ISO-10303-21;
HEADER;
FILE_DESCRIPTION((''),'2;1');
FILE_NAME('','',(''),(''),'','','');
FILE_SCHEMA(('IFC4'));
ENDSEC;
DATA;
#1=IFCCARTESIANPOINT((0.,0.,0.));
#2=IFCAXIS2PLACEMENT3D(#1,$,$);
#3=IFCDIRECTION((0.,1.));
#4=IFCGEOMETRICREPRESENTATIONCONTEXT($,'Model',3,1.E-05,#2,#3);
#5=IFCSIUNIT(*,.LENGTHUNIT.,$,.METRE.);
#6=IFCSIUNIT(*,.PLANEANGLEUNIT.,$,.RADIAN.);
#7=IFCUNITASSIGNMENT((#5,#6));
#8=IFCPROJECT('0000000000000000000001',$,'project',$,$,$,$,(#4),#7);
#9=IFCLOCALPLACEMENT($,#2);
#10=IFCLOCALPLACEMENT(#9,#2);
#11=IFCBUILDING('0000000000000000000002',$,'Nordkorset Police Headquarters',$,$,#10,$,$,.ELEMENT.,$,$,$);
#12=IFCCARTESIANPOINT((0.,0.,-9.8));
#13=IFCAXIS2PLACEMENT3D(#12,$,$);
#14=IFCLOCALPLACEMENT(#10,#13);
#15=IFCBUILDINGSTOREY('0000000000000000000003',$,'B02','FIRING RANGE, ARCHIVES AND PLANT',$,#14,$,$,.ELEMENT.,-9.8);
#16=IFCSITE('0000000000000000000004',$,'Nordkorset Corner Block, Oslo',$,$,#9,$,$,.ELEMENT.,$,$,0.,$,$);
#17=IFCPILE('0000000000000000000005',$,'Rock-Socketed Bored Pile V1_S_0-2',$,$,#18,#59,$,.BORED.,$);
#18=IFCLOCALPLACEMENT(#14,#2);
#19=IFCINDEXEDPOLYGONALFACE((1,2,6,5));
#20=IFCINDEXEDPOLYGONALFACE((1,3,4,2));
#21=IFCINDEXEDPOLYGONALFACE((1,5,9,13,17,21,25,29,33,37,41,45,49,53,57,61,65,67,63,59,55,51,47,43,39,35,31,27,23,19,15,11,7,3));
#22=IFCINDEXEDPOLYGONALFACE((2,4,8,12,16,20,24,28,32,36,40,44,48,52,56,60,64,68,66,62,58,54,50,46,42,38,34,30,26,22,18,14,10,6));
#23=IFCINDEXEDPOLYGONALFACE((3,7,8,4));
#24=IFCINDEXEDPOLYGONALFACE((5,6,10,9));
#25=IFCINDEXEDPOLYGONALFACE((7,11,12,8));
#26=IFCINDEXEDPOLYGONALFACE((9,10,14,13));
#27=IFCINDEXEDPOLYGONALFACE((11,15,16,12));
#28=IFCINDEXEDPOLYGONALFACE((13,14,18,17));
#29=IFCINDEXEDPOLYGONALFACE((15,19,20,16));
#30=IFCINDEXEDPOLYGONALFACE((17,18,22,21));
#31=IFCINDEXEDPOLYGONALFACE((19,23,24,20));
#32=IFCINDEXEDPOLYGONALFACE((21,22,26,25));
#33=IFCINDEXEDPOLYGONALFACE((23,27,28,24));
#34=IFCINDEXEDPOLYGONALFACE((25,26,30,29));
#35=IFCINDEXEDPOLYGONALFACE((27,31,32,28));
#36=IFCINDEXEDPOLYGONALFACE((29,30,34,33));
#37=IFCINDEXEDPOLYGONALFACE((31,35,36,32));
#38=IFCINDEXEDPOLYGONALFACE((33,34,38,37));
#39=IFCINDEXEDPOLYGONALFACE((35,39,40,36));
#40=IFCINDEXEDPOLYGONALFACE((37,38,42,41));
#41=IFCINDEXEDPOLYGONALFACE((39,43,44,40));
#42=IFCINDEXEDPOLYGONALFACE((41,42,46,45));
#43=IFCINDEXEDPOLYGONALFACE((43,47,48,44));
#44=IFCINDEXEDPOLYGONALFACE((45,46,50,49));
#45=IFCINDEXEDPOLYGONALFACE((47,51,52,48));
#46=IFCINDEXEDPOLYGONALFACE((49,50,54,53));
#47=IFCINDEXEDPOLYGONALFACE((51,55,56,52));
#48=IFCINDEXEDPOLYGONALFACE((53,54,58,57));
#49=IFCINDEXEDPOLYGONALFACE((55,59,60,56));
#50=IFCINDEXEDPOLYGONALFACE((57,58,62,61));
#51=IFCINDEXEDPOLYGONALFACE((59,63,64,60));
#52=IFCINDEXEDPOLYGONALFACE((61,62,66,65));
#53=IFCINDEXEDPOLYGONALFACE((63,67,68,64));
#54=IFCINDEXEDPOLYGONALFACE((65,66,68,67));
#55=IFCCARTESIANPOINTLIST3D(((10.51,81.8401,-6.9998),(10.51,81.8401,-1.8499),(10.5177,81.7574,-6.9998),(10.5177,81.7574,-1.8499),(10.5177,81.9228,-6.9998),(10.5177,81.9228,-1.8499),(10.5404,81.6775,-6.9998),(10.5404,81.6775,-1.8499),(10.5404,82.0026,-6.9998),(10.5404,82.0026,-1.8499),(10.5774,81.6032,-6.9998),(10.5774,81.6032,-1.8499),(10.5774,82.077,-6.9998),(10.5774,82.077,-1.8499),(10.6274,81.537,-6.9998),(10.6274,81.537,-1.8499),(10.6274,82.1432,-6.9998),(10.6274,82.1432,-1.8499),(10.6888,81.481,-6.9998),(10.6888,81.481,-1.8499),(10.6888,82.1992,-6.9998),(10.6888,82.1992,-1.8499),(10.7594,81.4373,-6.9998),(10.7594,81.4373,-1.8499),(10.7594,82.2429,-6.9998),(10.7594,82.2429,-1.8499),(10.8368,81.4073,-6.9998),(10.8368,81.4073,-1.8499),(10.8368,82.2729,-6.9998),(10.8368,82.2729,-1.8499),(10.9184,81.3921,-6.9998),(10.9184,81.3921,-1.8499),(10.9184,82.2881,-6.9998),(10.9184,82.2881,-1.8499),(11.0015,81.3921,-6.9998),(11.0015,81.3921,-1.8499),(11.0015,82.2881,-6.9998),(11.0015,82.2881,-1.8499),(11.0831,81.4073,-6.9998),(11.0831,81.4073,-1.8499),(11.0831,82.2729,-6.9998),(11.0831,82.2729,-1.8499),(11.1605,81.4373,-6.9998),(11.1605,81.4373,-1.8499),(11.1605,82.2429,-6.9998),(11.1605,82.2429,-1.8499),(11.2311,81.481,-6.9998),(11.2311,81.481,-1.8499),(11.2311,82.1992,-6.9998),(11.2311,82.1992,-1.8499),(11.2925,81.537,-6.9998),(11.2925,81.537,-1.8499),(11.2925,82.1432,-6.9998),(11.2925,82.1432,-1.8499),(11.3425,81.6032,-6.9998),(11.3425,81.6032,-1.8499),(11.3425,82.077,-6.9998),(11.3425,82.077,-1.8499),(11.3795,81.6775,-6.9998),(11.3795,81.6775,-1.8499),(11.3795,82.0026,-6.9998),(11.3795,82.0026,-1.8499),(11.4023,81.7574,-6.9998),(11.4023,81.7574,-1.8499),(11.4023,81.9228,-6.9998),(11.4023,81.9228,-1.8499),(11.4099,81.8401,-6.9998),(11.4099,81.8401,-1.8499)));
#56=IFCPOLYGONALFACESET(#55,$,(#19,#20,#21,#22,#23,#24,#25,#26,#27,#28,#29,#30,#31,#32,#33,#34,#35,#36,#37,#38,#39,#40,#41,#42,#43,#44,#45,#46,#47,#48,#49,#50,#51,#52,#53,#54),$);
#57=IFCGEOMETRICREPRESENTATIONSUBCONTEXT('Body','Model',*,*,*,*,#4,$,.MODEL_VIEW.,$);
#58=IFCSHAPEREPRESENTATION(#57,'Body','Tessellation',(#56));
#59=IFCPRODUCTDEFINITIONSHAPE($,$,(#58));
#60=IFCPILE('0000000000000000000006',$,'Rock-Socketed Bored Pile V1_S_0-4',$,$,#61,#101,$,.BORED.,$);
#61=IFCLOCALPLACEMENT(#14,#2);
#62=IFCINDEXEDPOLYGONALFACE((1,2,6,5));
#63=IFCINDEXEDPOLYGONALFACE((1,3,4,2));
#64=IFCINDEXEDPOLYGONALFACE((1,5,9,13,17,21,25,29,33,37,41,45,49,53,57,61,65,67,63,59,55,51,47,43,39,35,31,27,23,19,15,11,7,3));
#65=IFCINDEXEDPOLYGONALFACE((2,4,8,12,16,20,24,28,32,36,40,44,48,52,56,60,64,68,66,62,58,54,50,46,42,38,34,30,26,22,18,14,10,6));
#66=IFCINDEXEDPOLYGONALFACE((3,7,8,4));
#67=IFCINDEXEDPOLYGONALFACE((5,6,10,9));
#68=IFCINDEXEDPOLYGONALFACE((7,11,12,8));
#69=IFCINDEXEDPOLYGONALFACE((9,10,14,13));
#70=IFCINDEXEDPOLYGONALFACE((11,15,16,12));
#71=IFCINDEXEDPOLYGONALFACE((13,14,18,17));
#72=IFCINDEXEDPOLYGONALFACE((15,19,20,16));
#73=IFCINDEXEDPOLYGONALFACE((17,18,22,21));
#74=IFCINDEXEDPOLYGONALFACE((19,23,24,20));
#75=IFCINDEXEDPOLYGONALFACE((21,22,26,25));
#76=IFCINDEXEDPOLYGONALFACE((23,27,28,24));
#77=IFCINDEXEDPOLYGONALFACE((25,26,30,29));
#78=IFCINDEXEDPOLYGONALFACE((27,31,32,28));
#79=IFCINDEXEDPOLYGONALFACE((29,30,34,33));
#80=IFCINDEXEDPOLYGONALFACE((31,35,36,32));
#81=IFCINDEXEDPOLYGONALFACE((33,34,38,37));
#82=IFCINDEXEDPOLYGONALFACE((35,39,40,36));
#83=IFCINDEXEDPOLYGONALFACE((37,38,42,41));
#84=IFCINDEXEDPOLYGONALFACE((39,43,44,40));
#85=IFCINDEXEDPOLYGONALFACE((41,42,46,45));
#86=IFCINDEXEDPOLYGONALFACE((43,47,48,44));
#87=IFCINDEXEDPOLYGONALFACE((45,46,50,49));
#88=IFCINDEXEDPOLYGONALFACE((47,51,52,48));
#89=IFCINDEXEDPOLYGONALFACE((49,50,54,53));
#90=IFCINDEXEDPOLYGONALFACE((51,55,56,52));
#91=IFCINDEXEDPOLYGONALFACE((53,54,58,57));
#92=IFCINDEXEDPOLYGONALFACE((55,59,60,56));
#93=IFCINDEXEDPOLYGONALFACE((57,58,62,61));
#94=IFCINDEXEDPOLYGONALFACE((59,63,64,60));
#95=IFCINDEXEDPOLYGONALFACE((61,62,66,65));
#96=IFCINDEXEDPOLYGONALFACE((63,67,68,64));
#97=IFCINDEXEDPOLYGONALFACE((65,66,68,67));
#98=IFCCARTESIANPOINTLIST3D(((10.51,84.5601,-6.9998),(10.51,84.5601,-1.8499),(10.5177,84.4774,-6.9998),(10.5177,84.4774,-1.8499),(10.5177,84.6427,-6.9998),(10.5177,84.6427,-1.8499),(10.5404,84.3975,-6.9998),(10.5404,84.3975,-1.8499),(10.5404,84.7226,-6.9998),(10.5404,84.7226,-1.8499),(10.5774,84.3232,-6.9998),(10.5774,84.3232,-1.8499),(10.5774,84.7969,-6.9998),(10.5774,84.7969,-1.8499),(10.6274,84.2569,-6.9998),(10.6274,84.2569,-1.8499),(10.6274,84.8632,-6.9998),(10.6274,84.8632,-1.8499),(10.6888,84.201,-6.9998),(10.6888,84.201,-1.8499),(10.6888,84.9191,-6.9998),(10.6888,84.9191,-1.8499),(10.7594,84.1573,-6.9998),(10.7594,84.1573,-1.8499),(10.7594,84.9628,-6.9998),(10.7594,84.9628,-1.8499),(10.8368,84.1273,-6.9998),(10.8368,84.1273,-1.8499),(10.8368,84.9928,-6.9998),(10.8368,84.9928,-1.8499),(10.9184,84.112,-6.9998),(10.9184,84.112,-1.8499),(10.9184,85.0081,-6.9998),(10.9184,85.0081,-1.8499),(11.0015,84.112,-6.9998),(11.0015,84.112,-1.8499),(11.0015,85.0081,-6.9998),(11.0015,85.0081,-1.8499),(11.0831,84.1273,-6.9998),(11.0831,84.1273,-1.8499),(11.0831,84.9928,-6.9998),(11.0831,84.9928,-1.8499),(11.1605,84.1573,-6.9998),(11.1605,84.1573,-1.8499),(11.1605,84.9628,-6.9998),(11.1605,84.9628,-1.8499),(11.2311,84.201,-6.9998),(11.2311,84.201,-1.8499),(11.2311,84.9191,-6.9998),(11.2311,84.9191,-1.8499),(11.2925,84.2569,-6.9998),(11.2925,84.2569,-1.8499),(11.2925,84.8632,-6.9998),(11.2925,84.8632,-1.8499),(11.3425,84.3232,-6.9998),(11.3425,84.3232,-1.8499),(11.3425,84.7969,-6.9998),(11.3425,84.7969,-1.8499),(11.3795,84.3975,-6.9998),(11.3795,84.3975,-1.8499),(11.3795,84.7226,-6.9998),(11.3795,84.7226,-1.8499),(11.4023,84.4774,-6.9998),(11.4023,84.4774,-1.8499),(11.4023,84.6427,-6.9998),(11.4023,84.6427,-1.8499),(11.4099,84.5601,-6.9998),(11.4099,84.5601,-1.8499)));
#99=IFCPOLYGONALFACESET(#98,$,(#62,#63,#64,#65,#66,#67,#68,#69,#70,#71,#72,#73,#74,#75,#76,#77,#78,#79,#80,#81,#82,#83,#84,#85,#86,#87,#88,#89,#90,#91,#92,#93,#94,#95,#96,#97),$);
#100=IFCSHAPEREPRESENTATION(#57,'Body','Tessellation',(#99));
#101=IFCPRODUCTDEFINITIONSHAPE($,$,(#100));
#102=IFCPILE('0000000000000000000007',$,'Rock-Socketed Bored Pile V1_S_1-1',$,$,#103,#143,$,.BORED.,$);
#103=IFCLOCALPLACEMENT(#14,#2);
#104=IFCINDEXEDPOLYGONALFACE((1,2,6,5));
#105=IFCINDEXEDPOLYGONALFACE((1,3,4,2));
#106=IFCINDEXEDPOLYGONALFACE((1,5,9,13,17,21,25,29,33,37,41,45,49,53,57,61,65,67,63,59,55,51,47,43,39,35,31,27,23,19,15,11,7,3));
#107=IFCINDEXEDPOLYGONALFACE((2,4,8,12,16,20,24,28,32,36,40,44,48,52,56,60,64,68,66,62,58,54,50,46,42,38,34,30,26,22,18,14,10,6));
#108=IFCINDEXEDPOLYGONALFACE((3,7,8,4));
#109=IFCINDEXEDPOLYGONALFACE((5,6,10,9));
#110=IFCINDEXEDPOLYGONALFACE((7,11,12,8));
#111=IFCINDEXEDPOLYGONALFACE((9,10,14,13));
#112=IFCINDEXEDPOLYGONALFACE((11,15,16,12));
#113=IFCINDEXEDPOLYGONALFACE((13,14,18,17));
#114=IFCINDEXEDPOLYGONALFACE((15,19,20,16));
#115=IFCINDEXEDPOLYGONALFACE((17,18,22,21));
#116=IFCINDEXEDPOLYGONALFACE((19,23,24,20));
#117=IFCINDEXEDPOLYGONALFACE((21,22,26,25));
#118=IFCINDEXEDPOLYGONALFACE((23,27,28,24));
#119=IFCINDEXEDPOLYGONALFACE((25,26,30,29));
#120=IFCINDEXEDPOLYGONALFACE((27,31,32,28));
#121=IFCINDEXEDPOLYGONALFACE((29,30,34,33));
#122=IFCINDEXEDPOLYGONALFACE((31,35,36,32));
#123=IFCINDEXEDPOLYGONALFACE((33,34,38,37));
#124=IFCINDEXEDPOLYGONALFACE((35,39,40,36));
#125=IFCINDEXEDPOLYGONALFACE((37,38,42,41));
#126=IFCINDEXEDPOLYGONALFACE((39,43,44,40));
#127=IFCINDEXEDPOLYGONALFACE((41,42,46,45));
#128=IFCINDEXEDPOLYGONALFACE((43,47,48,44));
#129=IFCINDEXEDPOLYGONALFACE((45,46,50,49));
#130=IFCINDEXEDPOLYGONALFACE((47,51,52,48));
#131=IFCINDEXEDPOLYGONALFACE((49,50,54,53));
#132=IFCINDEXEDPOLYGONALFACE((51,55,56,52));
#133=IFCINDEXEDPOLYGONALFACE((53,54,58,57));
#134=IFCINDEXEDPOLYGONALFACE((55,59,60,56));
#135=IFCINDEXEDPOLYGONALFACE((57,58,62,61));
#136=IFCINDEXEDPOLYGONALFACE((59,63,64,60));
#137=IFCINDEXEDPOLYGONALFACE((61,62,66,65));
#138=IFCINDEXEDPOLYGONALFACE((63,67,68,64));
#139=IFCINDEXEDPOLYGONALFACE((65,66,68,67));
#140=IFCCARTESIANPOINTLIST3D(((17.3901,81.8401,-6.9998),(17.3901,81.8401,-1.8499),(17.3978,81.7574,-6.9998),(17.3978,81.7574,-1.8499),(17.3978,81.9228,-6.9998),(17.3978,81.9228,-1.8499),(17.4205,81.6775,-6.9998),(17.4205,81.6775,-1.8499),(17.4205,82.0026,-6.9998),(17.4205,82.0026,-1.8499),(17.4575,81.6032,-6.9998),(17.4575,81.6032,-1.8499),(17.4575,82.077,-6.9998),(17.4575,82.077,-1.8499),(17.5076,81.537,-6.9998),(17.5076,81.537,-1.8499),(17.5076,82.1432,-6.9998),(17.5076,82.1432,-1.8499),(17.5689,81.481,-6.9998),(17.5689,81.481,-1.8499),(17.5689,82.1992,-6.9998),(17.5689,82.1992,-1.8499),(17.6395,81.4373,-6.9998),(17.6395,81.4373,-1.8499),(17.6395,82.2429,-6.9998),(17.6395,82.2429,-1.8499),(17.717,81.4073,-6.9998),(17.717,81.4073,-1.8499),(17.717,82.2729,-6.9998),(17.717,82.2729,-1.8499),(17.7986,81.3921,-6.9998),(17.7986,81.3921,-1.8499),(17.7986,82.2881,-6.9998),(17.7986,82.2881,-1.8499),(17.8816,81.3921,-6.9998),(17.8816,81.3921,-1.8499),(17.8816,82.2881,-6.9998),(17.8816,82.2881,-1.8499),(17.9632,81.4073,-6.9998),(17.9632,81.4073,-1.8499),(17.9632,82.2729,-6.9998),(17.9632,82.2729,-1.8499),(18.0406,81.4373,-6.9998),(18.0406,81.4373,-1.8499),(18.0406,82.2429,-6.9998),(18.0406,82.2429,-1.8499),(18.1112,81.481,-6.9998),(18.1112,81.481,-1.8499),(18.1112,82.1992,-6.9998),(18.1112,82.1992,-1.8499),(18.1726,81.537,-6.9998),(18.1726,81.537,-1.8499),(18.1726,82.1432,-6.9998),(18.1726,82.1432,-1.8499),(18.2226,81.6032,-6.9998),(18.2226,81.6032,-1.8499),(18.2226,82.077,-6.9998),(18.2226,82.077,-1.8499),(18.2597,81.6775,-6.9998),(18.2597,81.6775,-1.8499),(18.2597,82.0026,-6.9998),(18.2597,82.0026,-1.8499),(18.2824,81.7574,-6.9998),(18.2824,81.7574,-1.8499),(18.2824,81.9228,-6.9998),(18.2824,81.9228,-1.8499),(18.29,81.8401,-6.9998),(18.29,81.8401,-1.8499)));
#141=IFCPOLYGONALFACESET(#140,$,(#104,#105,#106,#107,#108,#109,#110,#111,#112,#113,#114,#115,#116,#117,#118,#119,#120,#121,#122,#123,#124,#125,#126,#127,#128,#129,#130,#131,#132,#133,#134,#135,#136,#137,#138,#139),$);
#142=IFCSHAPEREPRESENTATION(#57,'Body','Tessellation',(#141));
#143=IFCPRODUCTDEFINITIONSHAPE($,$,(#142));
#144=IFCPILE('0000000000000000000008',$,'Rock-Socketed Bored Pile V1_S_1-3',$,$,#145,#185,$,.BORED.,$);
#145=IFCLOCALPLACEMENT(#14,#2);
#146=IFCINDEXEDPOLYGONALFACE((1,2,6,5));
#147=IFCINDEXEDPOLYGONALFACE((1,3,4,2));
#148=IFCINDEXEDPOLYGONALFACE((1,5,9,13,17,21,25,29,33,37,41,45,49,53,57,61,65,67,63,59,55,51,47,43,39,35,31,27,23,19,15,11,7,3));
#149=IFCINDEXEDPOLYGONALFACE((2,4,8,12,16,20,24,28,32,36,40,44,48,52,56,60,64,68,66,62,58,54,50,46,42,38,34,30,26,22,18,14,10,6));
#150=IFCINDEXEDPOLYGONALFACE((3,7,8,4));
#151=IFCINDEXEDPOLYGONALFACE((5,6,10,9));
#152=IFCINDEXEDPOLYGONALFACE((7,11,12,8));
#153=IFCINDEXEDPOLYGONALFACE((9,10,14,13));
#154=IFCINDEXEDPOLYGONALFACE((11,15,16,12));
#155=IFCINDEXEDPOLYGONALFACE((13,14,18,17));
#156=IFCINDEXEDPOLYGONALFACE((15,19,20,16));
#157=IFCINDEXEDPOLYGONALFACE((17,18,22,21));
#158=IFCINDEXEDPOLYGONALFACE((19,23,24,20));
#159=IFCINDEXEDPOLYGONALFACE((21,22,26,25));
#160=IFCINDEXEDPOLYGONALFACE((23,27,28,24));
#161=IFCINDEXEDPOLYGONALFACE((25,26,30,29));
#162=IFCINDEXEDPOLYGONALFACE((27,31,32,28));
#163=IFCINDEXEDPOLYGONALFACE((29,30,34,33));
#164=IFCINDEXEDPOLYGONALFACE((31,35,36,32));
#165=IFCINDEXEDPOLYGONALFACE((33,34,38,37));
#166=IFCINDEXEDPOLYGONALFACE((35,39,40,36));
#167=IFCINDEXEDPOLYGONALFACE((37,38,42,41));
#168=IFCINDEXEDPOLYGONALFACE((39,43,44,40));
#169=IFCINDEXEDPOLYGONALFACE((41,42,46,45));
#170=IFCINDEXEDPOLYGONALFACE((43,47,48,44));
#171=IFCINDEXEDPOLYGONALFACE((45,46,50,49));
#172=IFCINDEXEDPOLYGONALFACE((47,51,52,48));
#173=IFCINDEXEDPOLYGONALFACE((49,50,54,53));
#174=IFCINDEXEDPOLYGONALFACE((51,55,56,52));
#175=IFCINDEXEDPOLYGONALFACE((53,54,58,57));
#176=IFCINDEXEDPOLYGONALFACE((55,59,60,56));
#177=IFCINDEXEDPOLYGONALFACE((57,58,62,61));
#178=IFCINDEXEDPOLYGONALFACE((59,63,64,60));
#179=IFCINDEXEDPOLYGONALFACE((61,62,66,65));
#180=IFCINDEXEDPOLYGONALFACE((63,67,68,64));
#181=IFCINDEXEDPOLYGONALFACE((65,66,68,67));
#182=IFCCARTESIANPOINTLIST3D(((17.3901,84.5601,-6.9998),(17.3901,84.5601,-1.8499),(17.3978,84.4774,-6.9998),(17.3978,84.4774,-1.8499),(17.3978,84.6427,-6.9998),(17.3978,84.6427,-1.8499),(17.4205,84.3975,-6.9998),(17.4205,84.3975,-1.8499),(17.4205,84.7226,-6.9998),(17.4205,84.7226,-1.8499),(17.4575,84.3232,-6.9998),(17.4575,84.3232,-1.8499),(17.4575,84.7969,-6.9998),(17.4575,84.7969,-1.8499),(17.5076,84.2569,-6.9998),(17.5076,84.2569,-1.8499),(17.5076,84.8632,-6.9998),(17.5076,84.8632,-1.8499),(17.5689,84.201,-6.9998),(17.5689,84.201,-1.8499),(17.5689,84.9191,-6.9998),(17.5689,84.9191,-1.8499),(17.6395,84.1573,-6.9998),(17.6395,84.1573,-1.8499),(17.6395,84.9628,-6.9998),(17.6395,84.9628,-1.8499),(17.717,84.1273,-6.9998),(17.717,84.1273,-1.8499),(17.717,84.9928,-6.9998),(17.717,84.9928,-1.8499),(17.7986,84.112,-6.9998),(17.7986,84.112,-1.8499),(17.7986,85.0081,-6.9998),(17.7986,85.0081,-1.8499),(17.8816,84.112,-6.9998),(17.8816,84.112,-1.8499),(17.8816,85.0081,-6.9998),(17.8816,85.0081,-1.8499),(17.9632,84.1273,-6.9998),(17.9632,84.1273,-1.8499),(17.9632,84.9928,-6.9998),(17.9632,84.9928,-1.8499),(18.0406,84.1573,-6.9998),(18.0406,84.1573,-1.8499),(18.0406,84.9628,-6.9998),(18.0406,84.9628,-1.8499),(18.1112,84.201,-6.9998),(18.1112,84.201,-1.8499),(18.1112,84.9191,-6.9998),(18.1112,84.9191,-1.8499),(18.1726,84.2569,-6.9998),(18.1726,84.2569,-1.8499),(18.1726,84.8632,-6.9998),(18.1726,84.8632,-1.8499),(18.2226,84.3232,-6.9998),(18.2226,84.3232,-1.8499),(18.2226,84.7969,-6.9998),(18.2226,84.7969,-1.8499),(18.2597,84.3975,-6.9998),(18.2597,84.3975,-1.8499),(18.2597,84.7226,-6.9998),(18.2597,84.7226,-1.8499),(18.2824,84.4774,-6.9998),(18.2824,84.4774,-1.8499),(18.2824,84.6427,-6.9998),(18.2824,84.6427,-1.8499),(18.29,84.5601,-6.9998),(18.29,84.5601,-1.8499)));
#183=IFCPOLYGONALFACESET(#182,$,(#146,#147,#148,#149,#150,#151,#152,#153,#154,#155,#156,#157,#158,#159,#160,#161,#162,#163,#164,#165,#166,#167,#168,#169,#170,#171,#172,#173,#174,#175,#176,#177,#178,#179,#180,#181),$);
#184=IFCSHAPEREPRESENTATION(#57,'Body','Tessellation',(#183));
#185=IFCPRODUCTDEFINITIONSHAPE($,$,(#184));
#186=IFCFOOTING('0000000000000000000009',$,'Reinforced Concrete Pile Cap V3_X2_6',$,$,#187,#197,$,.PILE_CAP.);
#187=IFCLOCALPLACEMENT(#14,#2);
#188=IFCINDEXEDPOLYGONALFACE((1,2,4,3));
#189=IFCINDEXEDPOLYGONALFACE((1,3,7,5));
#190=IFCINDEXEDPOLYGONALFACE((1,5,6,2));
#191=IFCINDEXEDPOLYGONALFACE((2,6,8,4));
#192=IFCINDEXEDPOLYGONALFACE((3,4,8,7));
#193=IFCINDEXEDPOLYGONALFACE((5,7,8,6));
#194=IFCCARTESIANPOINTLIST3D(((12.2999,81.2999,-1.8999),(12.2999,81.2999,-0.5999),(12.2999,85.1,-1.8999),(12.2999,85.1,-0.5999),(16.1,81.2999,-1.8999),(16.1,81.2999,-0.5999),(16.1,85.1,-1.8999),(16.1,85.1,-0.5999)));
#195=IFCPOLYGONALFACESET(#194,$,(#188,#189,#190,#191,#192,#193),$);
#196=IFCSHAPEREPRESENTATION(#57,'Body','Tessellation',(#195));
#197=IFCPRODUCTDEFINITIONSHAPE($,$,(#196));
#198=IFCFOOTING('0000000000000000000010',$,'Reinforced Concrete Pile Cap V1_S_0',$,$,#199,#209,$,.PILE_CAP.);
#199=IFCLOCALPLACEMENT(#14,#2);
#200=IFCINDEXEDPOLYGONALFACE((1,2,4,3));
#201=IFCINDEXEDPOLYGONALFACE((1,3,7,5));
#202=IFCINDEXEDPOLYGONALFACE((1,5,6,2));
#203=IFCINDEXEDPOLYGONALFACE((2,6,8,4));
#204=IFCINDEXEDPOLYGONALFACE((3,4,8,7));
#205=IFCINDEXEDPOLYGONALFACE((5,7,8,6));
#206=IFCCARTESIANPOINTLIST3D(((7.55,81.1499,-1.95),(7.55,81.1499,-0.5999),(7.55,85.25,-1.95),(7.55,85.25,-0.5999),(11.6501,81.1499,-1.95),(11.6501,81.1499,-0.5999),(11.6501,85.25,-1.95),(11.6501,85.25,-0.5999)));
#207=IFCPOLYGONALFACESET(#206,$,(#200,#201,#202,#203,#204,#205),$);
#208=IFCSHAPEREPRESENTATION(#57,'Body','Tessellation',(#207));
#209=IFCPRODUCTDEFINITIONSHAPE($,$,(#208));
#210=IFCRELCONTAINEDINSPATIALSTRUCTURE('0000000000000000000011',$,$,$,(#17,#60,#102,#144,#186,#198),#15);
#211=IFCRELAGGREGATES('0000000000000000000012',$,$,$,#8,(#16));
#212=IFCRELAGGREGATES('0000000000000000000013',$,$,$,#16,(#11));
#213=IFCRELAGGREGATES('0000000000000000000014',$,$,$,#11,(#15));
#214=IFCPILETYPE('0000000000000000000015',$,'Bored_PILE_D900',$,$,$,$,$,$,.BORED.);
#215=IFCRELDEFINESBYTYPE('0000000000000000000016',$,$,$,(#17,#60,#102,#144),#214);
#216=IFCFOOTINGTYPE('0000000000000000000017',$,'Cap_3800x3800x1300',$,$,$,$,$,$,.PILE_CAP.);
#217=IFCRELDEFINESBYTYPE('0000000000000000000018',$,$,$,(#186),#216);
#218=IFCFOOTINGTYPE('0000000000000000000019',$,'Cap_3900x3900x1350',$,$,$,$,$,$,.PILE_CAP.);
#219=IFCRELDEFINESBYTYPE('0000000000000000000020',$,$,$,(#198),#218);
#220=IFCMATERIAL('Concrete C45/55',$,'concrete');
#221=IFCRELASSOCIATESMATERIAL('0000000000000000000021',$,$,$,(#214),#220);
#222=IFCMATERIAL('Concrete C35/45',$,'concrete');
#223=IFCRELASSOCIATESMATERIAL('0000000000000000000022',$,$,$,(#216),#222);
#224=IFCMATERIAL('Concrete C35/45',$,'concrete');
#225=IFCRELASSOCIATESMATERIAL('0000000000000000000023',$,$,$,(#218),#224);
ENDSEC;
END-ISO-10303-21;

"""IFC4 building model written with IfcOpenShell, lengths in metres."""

from ifc_helpers import new_model, si_unit, direction, frame, origin, origin_2d, place, context, subcontext, project, spatial, rectangle, circle, extrude, material, material_profile, profile_set, type_object, element, save


model = new_model("IFC4")

# Units and contexts
model_context = context("Model", 3, precision=1e-05, world=origin(), true_north=direction((0.0, 1.0)))
body_context = subcontext(model_context, "Body", "Model", "MODEL_VIEW")
ifc_project = project(units=[si_unit("LENGTHUNIT", "METRE"), si_unit("PLANEANGLEUNIT", "RADIAN")], contexts=[model_context])

# Site, building, storey
site_placement = place(None, origin())
site = spatial("IfcSite", under=ifc_project, at=site_placement, Name="Nordkorset Corner Block, Oslo", CompositionType="ELEMENT", RefElevation=0.0)
building_placement = place(site_placement, origin())
building = spatial("IfcBuilding", under=site, at=building_placement, Name="Nordkorset Police Headquarters", CompositionType="ELEMENT")
storey_placement = place(building_placement, frame((0.0, 0.0, -9.8)))
storey = spatial("IfcBuildingStorey", under=building, at=storey_placement, Name="B02", Description="FIRING RANGE, ARCHIVES AND PLANT", CompositionType="ELEMENT", Elevation=-9.8)

# Piles
ifc_material_1 = material(Name="Concrete C45/55", Category="concrete")
ifc_material_profile_1 = material_profile(ifc_material_1, circle(Radius=0.45, at=origin_2d()), Name="PILE D900")
ifc_profile_set_1 = profile_set([ifc_material_profile_1], Name="Concrete C45/55")
pile_type_1 = type_object("IfcPileType", Name="Bored_PILE_D900", PredefinedType="BORED", material=ifc_profile_set_1)
for number, where, z_axis, x_axis, name in (
    (1, (10.96, 81.8401, -1.8499), (0.0, 0.0, -1.0), (1.0, 0.0, 0.0), "Rock-Socketed Bored Pile V1_S_0-2"),
    (2, (10.96, 84.5601, -1.8499), (0.0, 0.0, -1.0), (1.0, 0.0, 0.0), "Rock-Socketed Bored Pile V1_S_0-4"),
    (3, (17.8401, 81.8401, -1.8499), (0.0, 0.0, -1.0), (1.0, 0.0, 0.0), "Rock-Socketed Bored Pile V1_S_1-1"),
    (4, (17.8401, 84.5601, -1.8499), (0.0, 0.0, -1.0), (1.0, 0.0, 0.0), "Rock-Socketed Bored Pile V1_S_1-3"),
):
    element("IfcPile", number, at=place(storey_placement, frame(where, z_axis=z_axis, x_axis=x_axis)), inside=storey, type_object=pile_type_1, Name=name, PredefinedType="BORED", context=body_context, shape_type="SweptSolid", body=[
        extrude(circle(Radius=0.45, at=origin_2d()), origin(), (0.0, 0.0, 1.0), 5.1499),
    ])

# Footings
ifc_material_2 = material(Name="Concrete C35/45", Category="concrete")
footing_type_1 = type_object("IfcFootingType", Name="Cap_3800x3800x1300", PredefinedType="PILE_CAP", material=ifc_material_2)
footing_placement = place(storey_placement, frame((14.2, 83.2, -1.8999), z_axis=(0.0, 0.0, 1.0), x_axis=(1.0, 0.0, 0.0)))
element("IfcFooting", 5, at=footing_placement, inside=storey, type_object=footing_type_1, Name="Reinforced Concrete Pile Cap V3_X2_6", PredefinedType="PILE_CAP", context=body_context, shape_type="SweptSolid", body=[
    extrude(rectangle(XDim=3.8, YDim=3.8, at=origin_2d()), origin(), (0.0, 0.0, 1.0), 1.3),
])
ifc_material_3 = material(Name="Concrete C35/45", Category="concrete")
footing_type_2 = type_object("IfcFootingType", Name="Cap_3900x3900x1350", PredefinedType="PILE_CAP", material=ifc_material_3)
for number, where, z_axis, x_axis, name in (
    (6, (9.6001, 83.2, -1.95), (0.0, 0.0, 1.0), (1.0, 0.0, 0.0), "Reinforced Concrete Pile Cap V1_S_0"),
):
    element("IfcFooting", number, at=place(storey_placement, frame(where, z_axis=z_axis, x_axis=x_axis)), inside=storey, type_object=footing_type_2, Name=name, PredefinedType="PILE_CAP", context=body_context, shape_type="SweptSolid", body=[
        extrude(rectangle(XDim=4.1001, YDim=4.1001, at=origin_2d()), origin(), (0.0, 0.0, 1.0), 1.3501),
    ])

save(model, "model.ifc")
